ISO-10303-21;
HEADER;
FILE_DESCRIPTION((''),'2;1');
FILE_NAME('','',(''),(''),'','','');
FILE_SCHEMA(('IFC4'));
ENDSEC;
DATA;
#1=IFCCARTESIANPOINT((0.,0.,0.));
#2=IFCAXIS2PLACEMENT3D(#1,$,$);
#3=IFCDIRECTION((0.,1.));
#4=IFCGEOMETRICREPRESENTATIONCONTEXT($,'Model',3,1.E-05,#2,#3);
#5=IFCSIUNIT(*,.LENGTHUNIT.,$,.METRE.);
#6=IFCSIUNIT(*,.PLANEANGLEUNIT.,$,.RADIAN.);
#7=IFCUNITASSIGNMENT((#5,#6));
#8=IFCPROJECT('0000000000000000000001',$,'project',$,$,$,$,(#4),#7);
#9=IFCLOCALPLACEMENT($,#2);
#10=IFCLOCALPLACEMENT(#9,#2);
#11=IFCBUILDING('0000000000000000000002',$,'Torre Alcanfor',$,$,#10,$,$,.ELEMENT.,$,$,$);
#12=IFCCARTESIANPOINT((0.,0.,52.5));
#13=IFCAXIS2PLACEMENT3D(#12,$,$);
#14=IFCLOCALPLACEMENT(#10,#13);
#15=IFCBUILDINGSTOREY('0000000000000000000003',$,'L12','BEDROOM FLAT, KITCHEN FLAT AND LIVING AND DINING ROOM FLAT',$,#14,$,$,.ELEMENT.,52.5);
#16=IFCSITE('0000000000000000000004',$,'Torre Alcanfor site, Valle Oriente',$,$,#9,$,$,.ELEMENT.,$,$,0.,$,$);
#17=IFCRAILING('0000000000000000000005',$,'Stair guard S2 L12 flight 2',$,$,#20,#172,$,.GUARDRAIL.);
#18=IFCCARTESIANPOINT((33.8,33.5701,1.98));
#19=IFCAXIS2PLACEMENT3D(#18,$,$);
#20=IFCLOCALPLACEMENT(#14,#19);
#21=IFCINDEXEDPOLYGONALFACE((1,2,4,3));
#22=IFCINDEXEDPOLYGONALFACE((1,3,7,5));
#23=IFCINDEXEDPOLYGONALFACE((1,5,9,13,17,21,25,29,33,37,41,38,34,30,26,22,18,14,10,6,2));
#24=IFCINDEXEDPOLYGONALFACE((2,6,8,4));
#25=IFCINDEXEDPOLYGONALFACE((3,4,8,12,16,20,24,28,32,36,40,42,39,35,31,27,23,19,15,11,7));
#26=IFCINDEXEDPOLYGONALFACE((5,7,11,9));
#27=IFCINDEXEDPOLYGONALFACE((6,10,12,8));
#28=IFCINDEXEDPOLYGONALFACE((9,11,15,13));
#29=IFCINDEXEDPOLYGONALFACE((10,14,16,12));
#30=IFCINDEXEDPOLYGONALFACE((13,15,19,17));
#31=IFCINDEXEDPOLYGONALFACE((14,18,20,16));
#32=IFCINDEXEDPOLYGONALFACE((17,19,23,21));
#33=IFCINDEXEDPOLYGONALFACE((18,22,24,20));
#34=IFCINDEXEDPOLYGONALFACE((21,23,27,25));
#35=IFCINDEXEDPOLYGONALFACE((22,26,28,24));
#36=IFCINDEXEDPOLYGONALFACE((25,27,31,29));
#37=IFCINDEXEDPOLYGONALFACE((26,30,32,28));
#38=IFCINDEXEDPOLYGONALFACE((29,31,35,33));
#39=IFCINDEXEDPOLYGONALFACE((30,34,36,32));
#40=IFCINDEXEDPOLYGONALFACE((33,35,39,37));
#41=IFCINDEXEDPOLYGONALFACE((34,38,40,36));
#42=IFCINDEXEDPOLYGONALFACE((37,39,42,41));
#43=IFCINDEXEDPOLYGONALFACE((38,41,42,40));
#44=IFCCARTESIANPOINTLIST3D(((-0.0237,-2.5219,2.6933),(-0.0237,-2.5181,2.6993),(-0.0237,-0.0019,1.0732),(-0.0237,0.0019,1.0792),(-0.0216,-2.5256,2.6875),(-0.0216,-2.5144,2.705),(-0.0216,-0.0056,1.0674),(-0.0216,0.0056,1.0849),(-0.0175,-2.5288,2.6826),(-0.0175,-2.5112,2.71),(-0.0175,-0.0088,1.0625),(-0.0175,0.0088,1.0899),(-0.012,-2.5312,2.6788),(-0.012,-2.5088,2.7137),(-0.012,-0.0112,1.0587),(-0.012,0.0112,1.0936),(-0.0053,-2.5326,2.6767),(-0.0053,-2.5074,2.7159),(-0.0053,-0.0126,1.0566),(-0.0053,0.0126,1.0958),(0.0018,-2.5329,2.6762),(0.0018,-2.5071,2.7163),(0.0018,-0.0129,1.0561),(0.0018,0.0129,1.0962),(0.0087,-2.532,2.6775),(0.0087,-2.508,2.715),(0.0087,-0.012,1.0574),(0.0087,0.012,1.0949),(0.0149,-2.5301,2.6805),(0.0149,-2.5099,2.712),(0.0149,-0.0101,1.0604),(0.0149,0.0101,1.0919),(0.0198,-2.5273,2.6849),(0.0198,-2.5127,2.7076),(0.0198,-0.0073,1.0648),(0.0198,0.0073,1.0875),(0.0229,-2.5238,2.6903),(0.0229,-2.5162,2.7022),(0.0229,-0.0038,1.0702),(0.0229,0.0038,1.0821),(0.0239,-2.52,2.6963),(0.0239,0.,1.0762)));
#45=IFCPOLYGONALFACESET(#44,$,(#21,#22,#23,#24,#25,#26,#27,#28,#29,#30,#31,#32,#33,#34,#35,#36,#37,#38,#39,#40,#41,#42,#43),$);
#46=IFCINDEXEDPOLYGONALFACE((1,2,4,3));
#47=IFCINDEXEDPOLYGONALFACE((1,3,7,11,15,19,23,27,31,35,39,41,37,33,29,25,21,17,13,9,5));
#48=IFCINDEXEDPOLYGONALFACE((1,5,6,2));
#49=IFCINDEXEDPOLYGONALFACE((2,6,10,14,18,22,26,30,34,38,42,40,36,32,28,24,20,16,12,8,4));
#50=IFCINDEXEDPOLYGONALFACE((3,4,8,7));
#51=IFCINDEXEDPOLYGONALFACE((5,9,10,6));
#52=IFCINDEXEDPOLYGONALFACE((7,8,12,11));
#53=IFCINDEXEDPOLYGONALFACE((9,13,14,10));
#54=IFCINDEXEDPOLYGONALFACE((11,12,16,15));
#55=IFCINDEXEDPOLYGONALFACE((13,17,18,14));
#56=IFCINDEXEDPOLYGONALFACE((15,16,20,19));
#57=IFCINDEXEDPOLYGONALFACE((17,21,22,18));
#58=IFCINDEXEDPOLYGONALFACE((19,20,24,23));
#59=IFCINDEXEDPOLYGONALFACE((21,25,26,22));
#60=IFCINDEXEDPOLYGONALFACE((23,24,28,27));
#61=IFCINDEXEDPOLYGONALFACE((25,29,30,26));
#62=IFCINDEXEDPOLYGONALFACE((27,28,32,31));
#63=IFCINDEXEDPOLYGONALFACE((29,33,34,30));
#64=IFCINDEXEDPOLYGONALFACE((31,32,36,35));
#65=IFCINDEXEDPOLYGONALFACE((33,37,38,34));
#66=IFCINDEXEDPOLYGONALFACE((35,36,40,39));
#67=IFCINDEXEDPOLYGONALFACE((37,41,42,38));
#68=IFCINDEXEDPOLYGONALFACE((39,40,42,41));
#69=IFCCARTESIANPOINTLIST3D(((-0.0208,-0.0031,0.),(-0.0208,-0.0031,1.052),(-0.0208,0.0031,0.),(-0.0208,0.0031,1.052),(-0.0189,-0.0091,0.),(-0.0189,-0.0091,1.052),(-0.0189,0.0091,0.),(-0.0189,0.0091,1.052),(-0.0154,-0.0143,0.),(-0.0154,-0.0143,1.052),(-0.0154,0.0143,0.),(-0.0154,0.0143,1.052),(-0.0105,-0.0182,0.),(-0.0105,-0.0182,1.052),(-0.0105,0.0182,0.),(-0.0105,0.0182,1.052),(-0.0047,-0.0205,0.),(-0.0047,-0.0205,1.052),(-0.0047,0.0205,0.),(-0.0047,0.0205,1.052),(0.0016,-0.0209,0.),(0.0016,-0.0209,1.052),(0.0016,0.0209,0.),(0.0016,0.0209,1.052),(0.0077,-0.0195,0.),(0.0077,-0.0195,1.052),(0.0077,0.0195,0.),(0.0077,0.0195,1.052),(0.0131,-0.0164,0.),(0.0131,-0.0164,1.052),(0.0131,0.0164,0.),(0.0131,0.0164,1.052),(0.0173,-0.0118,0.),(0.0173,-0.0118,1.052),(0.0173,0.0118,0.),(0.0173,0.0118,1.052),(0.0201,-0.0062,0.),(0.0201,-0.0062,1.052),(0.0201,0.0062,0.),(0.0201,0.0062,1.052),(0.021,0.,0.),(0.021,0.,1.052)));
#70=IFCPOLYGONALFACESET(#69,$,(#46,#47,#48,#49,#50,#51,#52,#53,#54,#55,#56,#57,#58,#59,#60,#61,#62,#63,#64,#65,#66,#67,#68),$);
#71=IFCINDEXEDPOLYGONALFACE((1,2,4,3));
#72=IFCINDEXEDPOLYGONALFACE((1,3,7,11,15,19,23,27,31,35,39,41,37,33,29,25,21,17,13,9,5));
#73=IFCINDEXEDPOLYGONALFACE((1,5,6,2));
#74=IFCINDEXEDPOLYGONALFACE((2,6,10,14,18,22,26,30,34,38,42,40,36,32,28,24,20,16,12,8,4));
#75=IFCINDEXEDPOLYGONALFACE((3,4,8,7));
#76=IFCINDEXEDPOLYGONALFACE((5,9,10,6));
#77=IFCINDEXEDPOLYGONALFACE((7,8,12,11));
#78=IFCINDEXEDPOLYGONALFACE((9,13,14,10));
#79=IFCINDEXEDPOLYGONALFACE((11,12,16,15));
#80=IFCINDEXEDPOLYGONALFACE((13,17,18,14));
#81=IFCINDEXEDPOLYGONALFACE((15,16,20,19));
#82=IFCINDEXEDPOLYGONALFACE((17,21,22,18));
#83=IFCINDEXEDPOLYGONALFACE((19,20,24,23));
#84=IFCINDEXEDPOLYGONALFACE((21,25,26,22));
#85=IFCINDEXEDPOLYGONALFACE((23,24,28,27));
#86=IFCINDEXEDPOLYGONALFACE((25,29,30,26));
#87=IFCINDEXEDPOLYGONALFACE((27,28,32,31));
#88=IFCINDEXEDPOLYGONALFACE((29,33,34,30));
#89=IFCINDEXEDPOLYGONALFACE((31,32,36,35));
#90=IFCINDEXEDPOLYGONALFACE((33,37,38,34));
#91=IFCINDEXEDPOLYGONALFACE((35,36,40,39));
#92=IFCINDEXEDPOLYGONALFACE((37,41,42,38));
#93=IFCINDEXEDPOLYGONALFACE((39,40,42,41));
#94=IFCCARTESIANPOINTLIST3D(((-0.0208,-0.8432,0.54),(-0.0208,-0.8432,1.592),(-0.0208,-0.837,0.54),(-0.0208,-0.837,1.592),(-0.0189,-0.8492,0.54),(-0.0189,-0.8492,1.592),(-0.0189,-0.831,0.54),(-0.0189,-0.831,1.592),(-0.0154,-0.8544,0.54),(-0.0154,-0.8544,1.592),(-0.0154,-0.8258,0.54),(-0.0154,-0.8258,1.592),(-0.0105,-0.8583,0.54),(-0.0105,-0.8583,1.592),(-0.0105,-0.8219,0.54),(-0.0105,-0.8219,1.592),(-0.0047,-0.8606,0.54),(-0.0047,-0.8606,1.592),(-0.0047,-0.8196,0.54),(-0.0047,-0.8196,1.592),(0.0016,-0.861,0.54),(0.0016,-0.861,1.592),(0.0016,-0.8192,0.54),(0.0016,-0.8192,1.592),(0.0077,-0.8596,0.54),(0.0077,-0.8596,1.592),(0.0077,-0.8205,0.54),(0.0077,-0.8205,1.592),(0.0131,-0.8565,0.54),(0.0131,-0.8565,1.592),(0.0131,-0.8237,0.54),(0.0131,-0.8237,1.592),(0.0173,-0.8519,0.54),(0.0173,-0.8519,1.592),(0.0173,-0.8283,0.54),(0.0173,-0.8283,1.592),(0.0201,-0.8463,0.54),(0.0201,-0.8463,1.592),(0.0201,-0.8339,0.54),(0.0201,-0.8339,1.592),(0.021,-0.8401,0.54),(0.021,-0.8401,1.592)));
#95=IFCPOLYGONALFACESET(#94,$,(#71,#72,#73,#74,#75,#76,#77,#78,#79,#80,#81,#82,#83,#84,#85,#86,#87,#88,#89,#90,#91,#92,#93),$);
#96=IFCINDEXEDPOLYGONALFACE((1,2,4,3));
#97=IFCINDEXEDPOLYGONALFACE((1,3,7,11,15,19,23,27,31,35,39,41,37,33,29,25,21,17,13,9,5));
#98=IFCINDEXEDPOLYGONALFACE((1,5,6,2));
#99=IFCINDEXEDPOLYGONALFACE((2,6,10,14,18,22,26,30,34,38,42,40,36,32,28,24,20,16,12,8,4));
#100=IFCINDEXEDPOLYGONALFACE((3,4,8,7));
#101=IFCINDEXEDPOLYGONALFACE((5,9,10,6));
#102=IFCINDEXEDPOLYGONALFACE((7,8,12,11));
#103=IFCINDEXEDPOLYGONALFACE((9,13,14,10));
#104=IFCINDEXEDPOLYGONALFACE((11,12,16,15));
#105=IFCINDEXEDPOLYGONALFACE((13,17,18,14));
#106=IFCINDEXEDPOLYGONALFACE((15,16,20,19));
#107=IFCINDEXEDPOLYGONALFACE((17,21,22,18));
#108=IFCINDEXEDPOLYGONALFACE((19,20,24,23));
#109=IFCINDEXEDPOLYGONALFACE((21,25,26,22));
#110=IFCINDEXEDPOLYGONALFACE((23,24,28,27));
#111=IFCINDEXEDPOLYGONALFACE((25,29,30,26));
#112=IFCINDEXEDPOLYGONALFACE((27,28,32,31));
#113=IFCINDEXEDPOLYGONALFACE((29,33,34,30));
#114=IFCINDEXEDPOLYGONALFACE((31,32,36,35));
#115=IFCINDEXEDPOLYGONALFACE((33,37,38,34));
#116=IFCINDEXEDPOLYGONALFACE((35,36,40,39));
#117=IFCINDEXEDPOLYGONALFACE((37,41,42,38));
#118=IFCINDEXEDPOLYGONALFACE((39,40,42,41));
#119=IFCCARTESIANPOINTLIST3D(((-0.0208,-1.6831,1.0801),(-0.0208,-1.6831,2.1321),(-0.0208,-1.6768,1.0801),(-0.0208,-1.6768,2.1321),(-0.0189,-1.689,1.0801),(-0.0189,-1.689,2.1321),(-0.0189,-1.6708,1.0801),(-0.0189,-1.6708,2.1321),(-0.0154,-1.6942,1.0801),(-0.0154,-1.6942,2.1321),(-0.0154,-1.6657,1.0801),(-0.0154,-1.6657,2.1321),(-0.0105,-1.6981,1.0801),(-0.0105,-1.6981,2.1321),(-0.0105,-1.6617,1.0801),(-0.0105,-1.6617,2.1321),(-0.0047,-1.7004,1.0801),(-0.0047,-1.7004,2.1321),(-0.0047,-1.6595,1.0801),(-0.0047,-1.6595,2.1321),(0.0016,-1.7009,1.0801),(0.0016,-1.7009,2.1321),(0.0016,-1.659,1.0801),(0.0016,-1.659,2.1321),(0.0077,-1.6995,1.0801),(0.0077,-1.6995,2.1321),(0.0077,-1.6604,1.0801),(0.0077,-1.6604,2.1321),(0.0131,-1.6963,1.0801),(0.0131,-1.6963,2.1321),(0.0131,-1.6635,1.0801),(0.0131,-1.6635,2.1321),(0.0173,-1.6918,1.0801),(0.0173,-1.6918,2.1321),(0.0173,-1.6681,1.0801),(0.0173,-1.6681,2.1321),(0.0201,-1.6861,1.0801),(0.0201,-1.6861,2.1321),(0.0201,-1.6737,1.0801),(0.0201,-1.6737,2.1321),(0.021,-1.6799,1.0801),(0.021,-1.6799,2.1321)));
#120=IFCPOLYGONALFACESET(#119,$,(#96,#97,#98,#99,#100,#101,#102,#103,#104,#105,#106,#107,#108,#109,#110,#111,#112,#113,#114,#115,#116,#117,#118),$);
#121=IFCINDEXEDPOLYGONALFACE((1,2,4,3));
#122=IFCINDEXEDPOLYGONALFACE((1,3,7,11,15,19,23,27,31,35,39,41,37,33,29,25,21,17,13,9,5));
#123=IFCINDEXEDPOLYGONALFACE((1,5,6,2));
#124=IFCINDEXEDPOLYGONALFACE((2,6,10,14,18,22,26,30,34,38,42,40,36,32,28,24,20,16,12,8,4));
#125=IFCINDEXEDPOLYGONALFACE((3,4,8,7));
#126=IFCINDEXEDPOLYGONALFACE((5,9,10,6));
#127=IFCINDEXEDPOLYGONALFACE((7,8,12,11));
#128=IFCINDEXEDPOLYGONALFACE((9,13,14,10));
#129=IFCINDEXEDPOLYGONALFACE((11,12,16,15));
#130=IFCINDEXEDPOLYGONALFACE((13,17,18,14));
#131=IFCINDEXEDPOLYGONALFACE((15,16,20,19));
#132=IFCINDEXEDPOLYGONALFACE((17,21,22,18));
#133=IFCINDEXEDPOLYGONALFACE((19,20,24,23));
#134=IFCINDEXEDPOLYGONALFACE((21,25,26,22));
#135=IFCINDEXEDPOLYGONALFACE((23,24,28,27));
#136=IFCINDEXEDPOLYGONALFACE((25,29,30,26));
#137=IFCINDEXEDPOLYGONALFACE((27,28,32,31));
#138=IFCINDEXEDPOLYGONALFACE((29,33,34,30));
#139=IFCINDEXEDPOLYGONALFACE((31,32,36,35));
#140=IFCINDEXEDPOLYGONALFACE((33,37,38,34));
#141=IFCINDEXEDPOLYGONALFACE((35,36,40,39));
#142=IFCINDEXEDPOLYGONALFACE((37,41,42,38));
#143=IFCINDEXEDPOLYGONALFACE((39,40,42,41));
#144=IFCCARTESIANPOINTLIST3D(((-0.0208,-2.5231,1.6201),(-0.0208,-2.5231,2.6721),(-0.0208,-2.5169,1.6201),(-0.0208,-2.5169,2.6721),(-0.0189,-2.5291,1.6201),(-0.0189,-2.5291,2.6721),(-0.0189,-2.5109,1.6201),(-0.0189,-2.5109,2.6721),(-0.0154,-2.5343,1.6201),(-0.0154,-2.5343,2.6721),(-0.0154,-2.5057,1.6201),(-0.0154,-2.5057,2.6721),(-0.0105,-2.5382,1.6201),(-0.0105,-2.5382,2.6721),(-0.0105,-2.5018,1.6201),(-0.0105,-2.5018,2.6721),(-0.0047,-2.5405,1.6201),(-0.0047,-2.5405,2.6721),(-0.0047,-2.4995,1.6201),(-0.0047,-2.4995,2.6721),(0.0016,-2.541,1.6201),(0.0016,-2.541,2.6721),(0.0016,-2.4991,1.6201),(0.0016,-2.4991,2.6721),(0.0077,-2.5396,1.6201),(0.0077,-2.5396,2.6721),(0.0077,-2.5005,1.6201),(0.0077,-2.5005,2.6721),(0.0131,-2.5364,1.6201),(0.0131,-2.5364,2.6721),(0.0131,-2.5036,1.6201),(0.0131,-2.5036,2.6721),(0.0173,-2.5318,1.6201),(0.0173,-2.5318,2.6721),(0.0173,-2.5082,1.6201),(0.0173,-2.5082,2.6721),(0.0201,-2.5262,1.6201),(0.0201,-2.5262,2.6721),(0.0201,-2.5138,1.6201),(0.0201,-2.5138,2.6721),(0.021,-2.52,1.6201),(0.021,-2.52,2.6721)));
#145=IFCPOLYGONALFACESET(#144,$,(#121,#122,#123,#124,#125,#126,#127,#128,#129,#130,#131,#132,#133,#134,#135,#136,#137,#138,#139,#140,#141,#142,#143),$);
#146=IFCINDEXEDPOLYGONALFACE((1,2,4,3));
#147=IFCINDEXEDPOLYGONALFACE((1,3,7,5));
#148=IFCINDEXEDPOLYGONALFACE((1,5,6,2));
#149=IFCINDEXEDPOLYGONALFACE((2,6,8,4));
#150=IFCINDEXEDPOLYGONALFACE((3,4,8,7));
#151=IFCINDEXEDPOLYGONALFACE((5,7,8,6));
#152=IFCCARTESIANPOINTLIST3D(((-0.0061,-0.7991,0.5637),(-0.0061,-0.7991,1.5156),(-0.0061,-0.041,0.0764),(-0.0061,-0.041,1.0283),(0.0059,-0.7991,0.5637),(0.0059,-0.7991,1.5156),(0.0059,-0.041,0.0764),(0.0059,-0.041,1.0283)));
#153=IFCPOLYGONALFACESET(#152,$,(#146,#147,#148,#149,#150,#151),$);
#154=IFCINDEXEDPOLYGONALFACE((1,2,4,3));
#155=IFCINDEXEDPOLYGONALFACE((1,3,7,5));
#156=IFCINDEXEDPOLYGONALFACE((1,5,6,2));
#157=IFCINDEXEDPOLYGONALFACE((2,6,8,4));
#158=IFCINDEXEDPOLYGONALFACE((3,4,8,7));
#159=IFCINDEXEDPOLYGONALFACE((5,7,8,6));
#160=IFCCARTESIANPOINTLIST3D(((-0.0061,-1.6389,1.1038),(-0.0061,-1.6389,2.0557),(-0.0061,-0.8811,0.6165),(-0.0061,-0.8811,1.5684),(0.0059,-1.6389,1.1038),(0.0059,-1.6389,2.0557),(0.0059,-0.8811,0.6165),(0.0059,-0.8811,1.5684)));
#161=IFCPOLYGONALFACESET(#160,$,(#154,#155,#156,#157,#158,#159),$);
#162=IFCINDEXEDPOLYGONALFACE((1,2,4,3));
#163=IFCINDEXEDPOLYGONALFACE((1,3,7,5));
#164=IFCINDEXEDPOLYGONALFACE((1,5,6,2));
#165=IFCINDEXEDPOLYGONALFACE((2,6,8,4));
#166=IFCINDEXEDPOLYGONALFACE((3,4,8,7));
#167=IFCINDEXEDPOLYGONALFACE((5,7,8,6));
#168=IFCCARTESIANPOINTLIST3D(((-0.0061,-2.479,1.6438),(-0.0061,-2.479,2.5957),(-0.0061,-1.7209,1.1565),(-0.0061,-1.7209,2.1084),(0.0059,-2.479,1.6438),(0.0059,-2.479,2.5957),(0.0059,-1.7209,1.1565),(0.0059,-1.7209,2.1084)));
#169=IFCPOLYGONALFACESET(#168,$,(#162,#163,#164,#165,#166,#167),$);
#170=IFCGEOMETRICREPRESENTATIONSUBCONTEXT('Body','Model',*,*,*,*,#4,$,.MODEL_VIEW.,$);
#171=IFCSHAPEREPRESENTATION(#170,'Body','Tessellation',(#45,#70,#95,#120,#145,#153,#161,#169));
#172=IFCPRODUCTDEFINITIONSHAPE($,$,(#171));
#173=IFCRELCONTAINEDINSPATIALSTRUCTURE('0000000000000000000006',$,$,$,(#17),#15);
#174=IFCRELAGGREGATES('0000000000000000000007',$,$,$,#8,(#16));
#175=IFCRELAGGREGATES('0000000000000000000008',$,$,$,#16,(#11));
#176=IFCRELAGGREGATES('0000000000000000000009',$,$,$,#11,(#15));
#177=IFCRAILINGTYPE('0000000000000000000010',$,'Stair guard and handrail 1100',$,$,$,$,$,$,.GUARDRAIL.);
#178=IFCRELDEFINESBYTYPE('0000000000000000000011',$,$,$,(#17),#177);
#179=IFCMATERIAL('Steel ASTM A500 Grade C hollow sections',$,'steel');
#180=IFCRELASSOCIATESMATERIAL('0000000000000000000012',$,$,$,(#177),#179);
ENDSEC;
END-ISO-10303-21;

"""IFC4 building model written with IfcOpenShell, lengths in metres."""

from ifc_helpers import new_model, si_unit, direction, frame, origin, origin_2d, place, context, subcontext, project, spatial, polyline, circle, outline, extrude, material, type_object, element, save


model = new_model("IFC4")

# Units and contexts
model_context = context("Model", 3, precision=1e-05, world=origin(), true_north=direction((0.0, 1.0)))
body_context = subcontext(model_context, "Body", "Model", "MODEL_VIEW")
ifc_project = project(units=[si_unit("LENGTHUNIT", "METRE"), si_unit("PLANEANGLEUNIT", "RADIAN")], contexts=[model_context])

# Site, building, storey
site_placement = place(None, origin())
site = spatial("IfcSite", under=ifc_project, at=site_placement, Name="Torre Alcanfor site, Valle Oriente", CompositionType="ELEMENT", RefElevation=0.0)
building_placement = place(site_placement, origin())
building = spatial("IfcBuilding", under=site, at=building_placement, Name="Torre Alcanfor", CompositionType="ELEMENT")
storey_placement = place(building_placement, frame((0.0, 0.0, 52.5)))
storey = spatial("IfcBuildingStorey", under=building, at=storey_placement, Name="L12", Description="BEDROOM FLAT, KITCHEN FLAT AND LIVING AND DINING ROOM FLAT", CompositionType="ELEMENT", Elevation=52.5)

# Railing
ifc_material_1 = material(Name="Steel ASTM A500 Grade C hollow sections", Category="steel")
railing_type_1 = type_object("IfcRailingType", Name="Stair guard and handrail 1100", PredefinedType="GUARDRAIL", material=ifc_material_1)
railing_1_placement = place(storey_placement, frame((33.8, 33.5701, 1.98)))
element("IfcRailing", 1, at=railing_1_placement, inside=storey, type_object=railing_type_1, Name="Stair guard S2 L12 flight 2", PredefinedType="GUARDRAIL", context=body_context, shape_type="SweptSolid", body=[
    extrude(circle(Radius=0.0239, at=origin_2d()), frame((0.0, 0.0, 1.0762), z_axis=(0.0, -0.841163, 0.540782), x_axis=(1.0, 0.0, 0.0)), (0.0, 0.0, 1.0), 2.9958),
    extrude(circle(Radius=0.021, at=origin_2d()), origin(), (0.0, 0.0, 1.0), 1.052),
    extrude(circle(Radius=0.021, at=origin_2d()), frame((0.0, -0.8401, 0.54)), (0.0, 0.0, 1.0), 1.052),
    extrude(circle(Radius=0.021, at=origin_2d()), frame((0.0, -1.6799, 1.0801)), (0.0, 0.0, 1.0), 1.052),
    extrude(circle(Radius=0.021, at=origin_2d()), frame((0.0, -2.52, 1.6201)), (0.0, 0.0, 1.0), 1.052),
    extrude(outline(polyline([(0.041, 0.0764), (0.7991, 0.5637), (0.7991, 1.5156), (0.041, 1.0283), (0.041, 0.0764)])), frame((0.0059, 0.0, 0.0), z_axis=(-1.0, 0.0, 0.0), x_axis=(0.0, -1.0, 0.0)), (0.0, 0.0, 1.0), 0.012),
    extrude(outline(polyline([(0.8811, 0.6165), (1.6389, 1.1038), (1.6389, 2.0557), (0.8811, 1.5684), (0.8811, 0.6165)])), frame((0.0059, 0.0, 0.0), z_axis=(-1.0, 0.0, 0.0), x_axis=(0.0, -1.0, 0.0)), (0.0, 0.0, 1.0), 0.012),
    extrude(outline(polyline([(1.7209, 1.1565), (2.479, 1.6438), (2.479, 2.5957), (1.7209, 2.1084), (1.7209, 1.1565)])), frame((0.0059, 0.0, 0.0), z_axis=(-1.0, 0.0, 0.0), x_axis=(0.0, -1.0, 0.0)), (0.0, 0.0, 1.0), 0.012),
])

save(model, "model.ifc")
